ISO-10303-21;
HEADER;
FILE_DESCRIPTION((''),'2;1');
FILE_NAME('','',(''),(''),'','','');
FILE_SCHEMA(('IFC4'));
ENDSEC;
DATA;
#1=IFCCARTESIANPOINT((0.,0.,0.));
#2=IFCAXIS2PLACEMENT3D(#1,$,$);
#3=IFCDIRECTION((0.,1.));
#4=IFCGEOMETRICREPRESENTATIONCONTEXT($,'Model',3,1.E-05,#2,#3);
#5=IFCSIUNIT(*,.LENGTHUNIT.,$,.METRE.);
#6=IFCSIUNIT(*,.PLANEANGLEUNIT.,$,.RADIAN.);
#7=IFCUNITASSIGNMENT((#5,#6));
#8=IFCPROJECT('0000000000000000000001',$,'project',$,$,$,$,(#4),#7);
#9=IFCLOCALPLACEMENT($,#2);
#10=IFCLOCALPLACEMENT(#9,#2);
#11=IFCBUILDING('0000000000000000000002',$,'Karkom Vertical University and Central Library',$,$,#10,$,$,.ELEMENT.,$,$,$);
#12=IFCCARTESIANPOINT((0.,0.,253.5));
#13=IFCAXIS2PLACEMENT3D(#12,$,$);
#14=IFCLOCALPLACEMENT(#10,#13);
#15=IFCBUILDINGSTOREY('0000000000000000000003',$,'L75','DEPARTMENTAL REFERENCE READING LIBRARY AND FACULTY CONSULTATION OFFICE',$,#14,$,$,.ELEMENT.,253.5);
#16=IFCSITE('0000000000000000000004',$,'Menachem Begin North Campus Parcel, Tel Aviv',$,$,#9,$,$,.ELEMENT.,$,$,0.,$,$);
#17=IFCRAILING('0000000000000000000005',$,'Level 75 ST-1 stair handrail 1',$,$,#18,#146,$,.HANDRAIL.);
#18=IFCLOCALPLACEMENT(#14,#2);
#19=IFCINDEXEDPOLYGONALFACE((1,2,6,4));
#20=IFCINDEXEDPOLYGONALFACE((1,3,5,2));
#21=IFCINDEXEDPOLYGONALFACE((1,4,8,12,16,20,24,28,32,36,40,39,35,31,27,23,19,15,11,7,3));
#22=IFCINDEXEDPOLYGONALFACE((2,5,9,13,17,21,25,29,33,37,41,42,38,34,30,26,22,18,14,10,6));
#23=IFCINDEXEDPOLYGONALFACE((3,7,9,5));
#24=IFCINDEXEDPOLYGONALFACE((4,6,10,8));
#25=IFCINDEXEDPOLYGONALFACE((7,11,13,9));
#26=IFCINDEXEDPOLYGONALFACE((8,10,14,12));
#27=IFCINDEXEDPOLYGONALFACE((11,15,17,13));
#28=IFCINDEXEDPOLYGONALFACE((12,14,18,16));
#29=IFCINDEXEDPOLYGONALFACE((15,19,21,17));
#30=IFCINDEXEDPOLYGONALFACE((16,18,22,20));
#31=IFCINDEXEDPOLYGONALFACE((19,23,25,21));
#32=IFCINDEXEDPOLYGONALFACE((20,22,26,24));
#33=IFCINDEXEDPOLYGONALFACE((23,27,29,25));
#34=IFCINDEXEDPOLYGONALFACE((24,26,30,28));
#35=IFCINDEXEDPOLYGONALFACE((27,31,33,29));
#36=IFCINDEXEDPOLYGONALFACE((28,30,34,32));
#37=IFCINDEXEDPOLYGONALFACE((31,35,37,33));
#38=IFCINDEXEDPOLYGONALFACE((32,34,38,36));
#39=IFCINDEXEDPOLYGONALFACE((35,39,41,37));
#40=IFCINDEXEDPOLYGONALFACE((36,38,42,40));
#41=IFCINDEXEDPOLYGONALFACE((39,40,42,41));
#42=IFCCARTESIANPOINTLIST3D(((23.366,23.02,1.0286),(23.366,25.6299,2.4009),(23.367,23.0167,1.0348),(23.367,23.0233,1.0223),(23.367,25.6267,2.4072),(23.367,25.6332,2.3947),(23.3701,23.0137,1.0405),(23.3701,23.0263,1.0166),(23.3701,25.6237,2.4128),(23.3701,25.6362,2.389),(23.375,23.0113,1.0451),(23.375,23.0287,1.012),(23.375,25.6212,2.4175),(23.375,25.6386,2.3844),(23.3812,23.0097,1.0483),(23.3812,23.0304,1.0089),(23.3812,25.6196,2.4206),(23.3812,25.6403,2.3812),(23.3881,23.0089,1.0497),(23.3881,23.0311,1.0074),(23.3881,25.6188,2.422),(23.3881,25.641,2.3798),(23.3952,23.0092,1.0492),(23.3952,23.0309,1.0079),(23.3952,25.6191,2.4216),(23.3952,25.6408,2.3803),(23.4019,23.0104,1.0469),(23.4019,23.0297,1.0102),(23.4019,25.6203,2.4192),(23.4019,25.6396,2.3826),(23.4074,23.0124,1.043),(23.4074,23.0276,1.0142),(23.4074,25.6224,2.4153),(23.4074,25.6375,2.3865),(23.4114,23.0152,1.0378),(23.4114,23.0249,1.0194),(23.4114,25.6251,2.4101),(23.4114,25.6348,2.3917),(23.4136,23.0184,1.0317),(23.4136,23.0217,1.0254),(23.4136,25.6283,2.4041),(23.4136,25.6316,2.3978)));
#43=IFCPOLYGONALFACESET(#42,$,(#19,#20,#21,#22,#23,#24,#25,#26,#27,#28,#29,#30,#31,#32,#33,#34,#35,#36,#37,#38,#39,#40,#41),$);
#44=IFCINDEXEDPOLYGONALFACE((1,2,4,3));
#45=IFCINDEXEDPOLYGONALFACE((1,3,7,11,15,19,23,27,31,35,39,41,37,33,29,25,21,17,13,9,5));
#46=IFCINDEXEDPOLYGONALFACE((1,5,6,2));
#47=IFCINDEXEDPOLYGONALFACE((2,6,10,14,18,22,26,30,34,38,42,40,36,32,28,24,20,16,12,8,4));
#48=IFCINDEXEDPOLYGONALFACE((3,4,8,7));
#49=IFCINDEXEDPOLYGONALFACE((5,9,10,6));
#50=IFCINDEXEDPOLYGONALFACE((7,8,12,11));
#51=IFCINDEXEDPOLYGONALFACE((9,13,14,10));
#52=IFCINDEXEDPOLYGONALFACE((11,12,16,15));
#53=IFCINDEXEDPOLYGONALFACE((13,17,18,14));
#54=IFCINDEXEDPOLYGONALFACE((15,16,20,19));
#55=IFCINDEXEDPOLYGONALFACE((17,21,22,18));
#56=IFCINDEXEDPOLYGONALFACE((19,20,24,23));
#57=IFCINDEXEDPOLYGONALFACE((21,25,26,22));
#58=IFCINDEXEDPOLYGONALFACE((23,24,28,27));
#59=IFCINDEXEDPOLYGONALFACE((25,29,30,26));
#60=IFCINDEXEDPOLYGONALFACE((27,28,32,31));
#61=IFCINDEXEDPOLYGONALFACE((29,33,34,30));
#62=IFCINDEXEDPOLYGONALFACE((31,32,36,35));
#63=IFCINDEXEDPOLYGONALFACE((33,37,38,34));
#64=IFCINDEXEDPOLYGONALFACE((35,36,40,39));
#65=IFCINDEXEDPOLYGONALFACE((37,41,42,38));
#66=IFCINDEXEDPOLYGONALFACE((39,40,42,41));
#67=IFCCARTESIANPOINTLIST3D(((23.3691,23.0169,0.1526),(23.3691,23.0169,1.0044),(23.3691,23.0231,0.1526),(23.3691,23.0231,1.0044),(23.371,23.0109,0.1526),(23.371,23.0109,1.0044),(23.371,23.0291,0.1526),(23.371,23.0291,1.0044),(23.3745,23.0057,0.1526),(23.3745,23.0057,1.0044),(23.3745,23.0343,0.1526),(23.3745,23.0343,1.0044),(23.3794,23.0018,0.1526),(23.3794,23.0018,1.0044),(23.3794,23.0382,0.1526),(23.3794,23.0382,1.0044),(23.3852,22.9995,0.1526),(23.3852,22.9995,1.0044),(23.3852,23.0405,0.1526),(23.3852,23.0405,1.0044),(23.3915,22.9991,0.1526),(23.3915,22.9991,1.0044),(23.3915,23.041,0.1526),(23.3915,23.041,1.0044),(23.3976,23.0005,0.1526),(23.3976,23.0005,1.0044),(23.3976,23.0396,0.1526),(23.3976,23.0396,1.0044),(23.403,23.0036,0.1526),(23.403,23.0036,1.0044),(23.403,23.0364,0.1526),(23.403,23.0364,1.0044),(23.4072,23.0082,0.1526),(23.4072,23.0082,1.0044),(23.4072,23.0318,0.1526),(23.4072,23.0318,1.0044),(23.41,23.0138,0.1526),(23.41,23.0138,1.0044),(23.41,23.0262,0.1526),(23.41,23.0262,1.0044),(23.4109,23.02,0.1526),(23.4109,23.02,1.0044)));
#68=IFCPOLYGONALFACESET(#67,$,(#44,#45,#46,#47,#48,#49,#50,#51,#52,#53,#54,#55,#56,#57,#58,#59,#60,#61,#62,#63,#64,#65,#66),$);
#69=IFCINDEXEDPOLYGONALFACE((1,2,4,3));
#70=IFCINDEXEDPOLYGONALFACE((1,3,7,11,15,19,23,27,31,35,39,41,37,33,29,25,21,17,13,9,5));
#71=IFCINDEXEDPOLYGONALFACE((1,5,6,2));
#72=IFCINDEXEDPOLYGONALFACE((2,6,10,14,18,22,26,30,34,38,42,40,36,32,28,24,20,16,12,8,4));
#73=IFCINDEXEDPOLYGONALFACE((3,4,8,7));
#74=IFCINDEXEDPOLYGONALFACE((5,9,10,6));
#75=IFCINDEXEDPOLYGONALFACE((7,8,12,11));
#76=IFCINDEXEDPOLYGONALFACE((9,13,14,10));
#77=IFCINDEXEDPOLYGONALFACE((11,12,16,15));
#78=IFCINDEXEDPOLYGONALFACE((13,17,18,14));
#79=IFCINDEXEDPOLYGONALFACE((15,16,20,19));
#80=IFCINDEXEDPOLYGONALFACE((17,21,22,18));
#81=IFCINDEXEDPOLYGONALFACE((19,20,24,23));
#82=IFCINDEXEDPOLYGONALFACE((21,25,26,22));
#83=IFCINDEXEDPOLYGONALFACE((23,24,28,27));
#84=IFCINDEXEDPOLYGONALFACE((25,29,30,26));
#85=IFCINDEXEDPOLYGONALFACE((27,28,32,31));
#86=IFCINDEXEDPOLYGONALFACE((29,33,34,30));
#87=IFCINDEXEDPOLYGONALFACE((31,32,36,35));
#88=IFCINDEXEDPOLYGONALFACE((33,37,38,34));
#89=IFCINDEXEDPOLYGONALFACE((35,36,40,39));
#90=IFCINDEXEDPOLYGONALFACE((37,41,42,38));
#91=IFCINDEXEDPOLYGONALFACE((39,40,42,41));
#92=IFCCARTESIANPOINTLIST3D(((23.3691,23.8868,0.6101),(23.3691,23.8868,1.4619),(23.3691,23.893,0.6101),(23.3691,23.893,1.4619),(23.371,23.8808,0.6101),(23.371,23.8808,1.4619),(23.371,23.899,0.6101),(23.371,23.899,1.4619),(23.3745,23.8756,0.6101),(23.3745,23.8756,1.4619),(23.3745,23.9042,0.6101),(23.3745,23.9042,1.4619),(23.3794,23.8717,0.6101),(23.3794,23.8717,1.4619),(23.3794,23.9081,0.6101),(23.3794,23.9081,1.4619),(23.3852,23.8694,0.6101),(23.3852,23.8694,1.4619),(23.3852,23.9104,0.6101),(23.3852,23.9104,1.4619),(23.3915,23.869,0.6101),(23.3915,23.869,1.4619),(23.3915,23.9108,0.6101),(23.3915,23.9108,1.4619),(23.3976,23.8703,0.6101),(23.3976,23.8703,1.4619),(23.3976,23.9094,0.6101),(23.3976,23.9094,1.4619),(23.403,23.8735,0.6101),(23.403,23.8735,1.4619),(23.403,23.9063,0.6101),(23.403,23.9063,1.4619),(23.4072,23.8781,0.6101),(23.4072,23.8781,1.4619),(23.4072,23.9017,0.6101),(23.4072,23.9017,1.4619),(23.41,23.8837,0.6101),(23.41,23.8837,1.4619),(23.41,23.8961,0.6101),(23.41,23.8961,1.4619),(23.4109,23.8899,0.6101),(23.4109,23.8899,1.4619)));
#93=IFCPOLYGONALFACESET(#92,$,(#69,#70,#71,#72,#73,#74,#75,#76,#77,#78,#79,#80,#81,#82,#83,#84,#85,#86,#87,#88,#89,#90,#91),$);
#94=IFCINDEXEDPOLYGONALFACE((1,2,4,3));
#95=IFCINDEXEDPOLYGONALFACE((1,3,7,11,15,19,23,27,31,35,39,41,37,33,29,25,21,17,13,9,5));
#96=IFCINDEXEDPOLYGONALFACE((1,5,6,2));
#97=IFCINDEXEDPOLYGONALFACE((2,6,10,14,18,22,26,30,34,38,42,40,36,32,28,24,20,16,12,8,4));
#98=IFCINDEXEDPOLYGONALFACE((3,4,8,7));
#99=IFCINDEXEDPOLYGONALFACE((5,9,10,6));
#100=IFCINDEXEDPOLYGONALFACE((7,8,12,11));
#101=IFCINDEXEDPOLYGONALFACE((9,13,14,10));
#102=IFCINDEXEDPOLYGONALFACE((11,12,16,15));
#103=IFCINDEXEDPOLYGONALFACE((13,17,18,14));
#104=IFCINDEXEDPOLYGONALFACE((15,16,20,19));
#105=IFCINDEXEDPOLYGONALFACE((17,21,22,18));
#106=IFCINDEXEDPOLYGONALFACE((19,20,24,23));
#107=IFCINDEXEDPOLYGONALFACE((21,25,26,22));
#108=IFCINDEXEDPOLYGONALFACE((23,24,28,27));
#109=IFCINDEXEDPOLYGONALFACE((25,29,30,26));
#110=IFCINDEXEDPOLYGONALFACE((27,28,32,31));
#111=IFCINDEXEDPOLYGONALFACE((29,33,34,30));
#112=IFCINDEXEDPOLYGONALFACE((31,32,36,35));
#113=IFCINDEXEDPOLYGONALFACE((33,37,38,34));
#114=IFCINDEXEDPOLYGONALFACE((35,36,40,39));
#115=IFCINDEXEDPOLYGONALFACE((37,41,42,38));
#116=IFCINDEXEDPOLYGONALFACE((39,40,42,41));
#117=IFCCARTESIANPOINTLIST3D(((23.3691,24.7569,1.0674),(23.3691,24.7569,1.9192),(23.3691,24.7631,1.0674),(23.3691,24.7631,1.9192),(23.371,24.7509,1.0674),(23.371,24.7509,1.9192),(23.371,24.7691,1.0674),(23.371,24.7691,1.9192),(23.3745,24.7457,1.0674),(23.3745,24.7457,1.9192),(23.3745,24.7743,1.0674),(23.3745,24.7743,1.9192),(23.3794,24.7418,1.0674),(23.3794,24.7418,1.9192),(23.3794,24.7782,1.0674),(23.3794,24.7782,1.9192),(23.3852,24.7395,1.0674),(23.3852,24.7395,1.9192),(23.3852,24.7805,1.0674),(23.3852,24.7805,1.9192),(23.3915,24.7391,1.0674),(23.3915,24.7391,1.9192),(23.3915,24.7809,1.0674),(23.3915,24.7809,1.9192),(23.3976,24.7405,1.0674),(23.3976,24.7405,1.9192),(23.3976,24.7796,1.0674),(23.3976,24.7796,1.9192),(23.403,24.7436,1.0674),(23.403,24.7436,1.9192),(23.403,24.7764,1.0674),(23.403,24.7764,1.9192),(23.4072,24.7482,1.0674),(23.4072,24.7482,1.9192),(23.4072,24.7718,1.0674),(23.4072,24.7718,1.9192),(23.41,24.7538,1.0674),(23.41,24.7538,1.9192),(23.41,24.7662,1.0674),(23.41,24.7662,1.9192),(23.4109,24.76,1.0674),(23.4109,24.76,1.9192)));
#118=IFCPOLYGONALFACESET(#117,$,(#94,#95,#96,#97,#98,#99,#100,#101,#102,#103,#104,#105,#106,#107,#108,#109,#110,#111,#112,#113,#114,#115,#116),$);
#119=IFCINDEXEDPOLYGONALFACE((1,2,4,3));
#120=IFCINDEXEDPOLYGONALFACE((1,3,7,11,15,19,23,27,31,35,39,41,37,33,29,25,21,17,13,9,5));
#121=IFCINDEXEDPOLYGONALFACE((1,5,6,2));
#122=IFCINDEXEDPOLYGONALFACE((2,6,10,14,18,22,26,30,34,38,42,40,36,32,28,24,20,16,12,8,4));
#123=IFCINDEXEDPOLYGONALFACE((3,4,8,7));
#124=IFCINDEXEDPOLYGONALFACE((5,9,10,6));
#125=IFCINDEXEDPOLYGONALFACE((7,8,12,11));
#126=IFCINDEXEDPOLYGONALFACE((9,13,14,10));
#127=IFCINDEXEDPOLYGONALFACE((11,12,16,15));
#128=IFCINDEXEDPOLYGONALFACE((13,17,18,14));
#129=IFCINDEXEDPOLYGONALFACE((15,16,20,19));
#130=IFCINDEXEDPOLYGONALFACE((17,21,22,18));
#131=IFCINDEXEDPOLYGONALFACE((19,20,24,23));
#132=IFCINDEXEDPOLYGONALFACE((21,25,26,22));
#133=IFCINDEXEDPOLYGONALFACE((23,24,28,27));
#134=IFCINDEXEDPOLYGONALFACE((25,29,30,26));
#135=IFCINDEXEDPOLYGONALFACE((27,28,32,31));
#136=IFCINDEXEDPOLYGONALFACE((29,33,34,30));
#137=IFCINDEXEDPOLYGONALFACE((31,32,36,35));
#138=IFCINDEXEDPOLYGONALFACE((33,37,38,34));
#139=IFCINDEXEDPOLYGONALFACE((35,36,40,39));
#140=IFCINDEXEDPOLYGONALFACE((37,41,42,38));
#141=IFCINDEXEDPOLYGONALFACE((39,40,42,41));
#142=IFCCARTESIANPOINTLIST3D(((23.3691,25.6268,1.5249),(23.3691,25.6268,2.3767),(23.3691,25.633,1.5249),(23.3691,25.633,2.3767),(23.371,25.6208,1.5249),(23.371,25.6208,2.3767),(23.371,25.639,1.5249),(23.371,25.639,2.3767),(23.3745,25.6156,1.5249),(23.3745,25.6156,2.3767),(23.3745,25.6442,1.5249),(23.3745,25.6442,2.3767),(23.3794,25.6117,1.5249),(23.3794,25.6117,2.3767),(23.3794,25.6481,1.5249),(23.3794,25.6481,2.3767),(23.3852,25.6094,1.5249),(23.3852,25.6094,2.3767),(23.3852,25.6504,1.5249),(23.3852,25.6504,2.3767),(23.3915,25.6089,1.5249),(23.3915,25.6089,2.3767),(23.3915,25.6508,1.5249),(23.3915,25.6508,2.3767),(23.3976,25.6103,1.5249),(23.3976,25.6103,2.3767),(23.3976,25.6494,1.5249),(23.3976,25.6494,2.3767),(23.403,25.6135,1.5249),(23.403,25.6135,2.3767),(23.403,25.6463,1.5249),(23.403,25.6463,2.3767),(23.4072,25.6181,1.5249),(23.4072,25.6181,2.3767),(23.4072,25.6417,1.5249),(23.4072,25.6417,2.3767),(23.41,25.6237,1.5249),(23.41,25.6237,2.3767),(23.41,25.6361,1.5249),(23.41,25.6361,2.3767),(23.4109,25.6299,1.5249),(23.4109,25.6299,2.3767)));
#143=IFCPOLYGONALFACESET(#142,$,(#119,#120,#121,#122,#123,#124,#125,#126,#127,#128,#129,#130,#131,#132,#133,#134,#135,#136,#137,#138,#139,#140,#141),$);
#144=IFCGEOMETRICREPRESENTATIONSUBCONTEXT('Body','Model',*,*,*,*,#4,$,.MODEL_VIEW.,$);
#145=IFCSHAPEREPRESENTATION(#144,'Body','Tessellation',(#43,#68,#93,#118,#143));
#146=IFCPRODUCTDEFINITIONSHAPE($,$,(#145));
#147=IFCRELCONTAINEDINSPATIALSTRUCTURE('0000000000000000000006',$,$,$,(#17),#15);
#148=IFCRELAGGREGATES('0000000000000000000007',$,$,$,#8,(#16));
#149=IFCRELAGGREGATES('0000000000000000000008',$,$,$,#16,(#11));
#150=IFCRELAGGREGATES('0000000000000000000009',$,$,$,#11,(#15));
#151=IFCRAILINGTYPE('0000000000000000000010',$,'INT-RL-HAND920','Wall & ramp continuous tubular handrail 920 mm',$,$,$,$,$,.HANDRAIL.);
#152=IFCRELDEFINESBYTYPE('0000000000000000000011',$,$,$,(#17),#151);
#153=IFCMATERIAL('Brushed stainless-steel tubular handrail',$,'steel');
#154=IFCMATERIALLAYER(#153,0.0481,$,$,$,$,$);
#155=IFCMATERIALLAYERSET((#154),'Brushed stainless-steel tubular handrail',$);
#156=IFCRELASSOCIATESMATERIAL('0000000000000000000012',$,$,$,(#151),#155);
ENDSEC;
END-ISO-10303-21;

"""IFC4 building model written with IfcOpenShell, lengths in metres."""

from ifc_helpers import new_model, si_unit, direction, frame, origin, origin_2d, place, context, subcontext, project, spatial, circle, extrude, material, layer, layer_set, type_object, element, save


model = new_model("IFC4")

# Units and contexts
model_context = context("Model", 3, precision=1e-05, world=origin(), true_north=direction((0.0, 1.0)))
body_context = subcontext(model_context, "Body", "Model", "MODEL_VIEW")
ifc_project = project(units=[si_unit("LENGTHUNIT", "METRE"), si_unit("PLANEANGLEUNIT", "RADIAN")], contexts=[model_context])

# Site, building, storey
site_placement = place(None, origin())
site = spatial("IfcSite", under=ifc_project, at=site_placement, Name="Menachem Begin North Campus Parcel, Tel Aviv", CompositionType="ELEMENT", RefElevation=0.0)
building_placement = place(site_placement, origin())
building = spatial("IfcBuilding", under=site, at=building_placement, Name="Karkom Vertical University and Central Library", CompositionType="ELEMENT")
storey_placement = place(building_placement, frame((0.0, 0.0, 253.5)))
storey = spatial("IfcBuildingStorey", under=building, at=storey_placement, Name="L75", Description="DEPARTMENTAL REFERENCE READING LIBRARY AND FACULTY CONSULTATION OFFICE", CompositionType="ELEMENT", Elevation=253.5)

# Railing
ifc_material_1 = material(Name="Brushed stainless-steel tubular handrail", Category="steel")
ifc_layer_1 = layer(ifc_material_1, 0.0481)
ifc_layer_set_1 = layer_set([ifc_layer_1], Name="Brushed stainless-steel tubular handrail")
railing_type_1 = type_object("IfcRailingType", Name="INT-RL-HAND920", Description="Wall & ramp continuous tubular handrail 920 mm", PredefinedType="HANDRAIL", material=ifc_layer_set_1)
railing_1_placement = place(storey_placement, frame((23.3899, 23.02, 0.1526)))
element("IfcRailing", 1, at=railing_1_placement, inside=storey, type_object=railing_type_1, Name="Level 75 ST-1 stair handrail 1", PredefinedType="HANDRAIL", context=body_context, shape_type="SweptSolid", body=[
    extrude(circle(Radius=0.0239, at=origin_2d()), frame((0.0, 0.0, 0.876), z_axis=(0.0, 0.8851, 0.465402), x_axis=(-1.0, 0.0, 0.0)), (0.0, 0.0, 1.0), 2.9487),
    extrude(circle(Radius=0.021, at=origin_2d()), origin(), (0.0, 0.0, 1.0), 0.8518),
    extrude(circle(Radius=0.021, at=origin_2d()), frame((0.0, 0.8699, 0.4575)), (0.0, 0.0, 1.0), 0.8518),
    extrude(circle(Radius=0.021, at=origin_2d()), frame((0.0, 1.74, 0.9148)), (0.0, 0.0, 1.0), 0.8518),
    extrude(circle(Radius=0.021, at=origin_2d()), frame((0.0, 2.6099, 1.3723)), (0.0, 0.0, 1.0), 0.8518),
])

save(model, "model.ifc")
